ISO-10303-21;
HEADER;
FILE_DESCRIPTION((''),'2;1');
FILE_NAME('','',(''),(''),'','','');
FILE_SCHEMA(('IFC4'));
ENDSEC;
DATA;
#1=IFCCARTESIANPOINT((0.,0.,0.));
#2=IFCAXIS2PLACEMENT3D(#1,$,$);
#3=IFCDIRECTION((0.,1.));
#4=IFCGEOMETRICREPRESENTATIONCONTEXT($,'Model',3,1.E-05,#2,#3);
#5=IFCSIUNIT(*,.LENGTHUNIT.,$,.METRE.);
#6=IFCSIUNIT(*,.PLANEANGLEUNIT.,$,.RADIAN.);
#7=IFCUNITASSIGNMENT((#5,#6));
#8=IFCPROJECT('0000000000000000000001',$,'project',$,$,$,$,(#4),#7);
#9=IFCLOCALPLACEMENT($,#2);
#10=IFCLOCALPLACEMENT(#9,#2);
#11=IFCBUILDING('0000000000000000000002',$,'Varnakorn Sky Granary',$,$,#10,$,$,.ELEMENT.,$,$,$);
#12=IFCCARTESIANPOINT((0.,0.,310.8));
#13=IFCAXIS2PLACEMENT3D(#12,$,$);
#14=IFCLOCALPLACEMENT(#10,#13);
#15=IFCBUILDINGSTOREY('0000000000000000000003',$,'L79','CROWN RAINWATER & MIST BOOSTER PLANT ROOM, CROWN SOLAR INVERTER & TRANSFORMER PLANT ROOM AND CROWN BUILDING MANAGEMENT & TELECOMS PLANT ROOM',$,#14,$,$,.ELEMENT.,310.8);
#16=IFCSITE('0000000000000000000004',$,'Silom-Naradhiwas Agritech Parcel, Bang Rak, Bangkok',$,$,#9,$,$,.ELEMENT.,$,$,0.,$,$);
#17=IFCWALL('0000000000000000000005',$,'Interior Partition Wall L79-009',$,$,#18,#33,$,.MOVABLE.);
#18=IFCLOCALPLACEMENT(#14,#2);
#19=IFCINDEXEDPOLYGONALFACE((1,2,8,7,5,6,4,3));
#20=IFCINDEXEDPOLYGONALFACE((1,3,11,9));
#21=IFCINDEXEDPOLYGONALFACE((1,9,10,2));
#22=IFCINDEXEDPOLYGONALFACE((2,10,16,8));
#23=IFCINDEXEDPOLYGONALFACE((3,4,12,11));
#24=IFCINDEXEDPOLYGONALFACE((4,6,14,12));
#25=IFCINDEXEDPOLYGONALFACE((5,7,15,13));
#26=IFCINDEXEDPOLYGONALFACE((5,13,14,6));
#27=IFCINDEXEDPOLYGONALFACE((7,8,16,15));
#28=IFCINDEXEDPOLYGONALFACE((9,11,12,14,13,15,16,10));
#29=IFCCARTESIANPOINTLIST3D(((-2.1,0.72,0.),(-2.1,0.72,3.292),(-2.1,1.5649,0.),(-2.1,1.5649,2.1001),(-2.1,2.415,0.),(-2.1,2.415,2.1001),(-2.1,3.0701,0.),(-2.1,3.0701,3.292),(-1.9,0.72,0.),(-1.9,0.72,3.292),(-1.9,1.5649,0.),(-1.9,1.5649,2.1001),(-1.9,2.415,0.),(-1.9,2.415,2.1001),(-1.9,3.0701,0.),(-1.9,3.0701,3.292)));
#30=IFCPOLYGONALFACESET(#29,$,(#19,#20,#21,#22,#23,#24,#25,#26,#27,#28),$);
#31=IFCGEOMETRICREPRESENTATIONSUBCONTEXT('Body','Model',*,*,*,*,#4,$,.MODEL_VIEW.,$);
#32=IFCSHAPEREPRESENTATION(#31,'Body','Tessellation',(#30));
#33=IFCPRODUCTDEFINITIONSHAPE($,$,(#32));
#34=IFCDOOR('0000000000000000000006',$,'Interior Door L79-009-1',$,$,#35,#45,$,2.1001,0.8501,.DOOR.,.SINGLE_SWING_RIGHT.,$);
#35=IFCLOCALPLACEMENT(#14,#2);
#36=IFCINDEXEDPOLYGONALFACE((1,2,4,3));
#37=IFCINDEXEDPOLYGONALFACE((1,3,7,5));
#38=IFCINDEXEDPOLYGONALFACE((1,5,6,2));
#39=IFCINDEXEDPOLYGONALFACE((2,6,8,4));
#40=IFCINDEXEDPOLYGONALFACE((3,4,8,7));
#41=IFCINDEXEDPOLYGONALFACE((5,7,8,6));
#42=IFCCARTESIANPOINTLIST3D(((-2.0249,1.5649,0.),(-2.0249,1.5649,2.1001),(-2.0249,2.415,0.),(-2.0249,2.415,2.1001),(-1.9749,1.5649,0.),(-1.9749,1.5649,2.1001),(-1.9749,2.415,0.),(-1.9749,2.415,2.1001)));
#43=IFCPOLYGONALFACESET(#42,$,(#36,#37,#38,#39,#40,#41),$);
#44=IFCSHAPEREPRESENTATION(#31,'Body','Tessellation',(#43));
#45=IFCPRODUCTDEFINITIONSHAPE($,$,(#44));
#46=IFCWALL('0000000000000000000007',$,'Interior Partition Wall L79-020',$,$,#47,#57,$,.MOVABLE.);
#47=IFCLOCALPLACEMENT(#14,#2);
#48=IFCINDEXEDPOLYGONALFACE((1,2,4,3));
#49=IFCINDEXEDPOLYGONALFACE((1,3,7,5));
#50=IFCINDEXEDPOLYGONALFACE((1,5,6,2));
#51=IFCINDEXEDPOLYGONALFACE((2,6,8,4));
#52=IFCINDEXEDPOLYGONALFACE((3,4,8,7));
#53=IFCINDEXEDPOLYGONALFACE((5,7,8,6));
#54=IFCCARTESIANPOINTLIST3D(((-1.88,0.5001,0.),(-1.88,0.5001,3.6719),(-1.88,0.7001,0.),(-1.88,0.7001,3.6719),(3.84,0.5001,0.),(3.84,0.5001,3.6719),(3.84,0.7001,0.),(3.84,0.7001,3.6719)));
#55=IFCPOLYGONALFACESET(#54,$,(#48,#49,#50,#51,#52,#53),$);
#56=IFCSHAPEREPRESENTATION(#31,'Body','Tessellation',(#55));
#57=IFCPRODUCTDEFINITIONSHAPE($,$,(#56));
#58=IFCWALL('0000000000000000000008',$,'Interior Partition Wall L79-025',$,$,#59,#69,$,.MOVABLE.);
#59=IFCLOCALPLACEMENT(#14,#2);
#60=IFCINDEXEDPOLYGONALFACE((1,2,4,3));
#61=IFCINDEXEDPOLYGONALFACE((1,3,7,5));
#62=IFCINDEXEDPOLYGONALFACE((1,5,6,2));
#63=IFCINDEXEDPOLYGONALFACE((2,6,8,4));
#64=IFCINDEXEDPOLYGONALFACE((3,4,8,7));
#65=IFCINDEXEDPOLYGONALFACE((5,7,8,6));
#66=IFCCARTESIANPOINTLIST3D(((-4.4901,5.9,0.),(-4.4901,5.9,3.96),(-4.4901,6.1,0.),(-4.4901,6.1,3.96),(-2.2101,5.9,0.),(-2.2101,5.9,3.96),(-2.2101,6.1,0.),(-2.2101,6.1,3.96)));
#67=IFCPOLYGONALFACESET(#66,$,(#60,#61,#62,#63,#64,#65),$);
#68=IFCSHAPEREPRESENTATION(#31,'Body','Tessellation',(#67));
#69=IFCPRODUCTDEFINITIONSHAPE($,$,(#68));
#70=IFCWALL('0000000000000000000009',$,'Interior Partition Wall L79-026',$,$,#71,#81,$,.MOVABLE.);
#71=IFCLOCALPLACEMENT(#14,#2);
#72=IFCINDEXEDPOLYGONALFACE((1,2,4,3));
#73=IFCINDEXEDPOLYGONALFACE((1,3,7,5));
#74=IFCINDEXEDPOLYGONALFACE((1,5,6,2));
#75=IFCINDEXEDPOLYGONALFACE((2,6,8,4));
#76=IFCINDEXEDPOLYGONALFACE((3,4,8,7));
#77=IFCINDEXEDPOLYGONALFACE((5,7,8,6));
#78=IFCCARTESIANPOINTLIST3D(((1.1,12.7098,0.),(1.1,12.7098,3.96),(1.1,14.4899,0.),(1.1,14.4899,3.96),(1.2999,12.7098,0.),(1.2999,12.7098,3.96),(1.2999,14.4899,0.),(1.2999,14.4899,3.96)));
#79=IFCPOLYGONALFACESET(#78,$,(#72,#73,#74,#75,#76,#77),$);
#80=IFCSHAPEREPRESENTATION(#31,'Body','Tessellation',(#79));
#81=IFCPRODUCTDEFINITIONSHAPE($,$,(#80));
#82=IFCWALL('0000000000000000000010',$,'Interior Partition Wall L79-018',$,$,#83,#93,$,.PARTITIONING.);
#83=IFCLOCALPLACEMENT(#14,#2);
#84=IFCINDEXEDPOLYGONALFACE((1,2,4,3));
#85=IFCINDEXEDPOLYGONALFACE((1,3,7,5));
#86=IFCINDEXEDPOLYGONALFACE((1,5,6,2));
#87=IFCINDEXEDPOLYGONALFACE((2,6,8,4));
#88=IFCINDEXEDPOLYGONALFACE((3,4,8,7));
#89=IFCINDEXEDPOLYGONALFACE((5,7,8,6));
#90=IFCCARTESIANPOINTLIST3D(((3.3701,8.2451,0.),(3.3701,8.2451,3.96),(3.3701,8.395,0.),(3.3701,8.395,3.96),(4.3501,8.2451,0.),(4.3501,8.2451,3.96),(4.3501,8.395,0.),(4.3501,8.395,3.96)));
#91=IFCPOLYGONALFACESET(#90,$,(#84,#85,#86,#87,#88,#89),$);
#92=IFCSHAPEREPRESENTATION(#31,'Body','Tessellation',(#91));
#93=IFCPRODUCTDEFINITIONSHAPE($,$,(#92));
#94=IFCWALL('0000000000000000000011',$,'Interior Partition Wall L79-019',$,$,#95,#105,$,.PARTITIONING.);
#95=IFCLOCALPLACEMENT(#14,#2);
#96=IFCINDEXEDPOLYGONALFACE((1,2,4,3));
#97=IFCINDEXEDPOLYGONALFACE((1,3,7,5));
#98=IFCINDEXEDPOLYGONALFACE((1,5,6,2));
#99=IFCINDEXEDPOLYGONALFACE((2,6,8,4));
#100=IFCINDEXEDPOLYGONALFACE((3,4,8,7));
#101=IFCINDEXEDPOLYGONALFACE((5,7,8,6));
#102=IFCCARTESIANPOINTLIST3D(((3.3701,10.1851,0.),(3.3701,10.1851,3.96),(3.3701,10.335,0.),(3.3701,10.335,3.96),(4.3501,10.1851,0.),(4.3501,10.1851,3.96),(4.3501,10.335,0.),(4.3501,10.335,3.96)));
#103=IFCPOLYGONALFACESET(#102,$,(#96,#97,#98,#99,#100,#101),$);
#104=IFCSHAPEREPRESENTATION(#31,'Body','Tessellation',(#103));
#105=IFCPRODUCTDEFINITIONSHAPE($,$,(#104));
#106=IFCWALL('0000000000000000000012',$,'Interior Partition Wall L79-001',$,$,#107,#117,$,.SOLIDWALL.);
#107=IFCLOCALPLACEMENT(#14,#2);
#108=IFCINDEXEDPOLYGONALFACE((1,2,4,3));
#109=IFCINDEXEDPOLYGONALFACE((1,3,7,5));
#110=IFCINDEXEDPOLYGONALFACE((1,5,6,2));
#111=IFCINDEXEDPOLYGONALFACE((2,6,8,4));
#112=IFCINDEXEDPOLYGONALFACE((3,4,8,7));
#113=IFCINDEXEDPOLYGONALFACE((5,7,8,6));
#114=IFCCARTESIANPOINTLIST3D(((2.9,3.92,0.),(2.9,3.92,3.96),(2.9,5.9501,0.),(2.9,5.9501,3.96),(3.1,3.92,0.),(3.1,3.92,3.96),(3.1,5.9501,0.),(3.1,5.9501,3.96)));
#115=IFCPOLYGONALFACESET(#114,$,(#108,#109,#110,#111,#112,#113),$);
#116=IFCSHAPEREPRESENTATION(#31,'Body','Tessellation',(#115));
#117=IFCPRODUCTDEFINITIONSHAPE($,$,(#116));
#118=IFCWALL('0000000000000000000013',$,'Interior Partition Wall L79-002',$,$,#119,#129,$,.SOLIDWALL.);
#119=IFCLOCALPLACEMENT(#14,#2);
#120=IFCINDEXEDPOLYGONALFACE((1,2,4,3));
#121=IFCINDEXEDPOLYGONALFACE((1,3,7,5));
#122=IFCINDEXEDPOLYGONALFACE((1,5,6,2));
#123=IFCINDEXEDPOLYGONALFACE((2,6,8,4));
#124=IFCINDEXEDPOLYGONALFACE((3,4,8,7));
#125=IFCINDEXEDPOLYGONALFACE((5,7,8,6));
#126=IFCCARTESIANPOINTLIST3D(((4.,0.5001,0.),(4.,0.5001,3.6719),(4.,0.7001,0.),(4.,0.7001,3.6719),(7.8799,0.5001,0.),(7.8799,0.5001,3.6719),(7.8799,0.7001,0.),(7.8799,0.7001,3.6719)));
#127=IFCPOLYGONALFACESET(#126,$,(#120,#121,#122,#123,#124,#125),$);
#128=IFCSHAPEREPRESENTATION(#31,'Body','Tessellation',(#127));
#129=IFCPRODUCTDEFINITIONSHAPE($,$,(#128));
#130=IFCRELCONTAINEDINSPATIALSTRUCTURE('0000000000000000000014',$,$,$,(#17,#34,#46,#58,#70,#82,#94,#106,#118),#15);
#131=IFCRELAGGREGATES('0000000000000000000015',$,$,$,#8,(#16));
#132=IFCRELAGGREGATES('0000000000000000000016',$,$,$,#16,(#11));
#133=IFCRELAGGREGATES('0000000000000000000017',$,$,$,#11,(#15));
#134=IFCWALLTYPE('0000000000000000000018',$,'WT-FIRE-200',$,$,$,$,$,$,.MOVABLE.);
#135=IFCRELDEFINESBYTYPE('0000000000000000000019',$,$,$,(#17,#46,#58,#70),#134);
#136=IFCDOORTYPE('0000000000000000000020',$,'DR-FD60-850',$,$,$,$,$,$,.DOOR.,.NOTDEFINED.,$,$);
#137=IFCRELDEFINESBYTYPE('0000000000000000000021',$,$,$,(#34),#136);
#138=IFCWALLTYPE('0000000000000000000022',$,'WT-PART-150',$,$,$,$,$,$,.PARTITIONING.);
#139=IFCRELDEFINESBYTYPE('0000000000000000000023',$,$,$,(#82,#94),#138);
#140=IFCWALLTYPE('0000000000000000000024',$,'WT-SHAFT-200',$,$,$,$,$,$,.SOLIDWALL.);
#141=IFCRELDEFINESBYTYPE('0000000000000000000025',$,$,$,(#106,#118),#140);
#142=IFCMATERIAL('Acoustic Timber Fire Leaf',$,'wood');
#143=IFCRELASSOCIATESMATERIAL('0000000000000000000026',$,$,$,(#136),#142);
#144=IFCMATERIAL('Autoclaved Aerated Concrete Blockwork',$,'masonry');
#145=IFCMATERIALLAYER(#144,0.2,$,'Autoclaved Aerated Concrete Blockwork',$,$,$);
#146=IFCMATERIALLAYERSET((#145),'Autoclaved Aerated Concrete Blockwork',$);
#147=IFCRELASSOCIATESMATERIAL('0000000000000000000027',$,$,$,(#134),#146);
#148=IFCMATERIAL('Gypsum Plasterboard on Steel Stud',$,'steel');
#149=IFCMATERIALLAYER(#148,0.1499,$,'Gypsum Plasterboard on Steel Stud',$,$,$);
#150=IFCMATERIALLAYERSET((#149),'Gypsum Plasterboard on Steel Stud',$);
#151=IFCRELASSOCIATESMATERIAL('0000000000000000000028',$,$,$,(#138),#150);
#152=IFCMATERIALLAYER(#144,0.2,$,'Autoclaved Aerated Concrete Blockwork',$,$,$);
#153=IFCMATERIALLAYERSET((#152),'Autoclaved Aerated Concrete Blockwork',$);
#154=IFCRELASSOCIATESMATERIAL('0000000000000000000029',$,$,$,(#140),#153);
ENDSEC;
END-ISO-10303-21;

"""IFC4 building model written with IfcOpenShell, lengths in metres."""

from ifc_helpers import new_model, si_unit, direction, frame, frame_2d, origin, place, context, subcontext, project, spatial, rectangle, extrude, material, layer, layer_set, type_object, element, fill, save


model = new_model("IFC4")

# Units and contexts
model_context = context("Model", 3, precision=1e-05, world=origin(), true_north=direction((0.0, 1.0)))
body_context = subcontext(model_context, "Body", "Model", "MODEL_VIEW")
ifc_project = project(units=[si_unit("LENGTHUNIT", "METRE"), si_unit("PLANEANGLEUNIT", "RADIAN")], contexts=[model_context])

# Site, building, storey
site_placement = place(None, origin())
site = spatial("IfcSite", under=ifc_project, at=site_placement, Name="Silom-Naradhiwas Agritech Parcel, Bang Rak, Bangkok", CompositionType="ELEMENT", RefElevation=0.0)
building_placement = place(site_placement, origin())
building = spatial("IfcBuilding", under=site, at=building_placement, Name="Varnakorn Sky Granary", CompositionType="ELEMENT")
storey_placement = place(building_placement, frame((0.0, 0.0, 310.8)))
storey = spatial("IfcBuildingStorey", under=building, at=storey_placement, Name="L79", Description="CROWN RAINWATER & MIST BOOSTER PLANT ROOM, CROWN SOLAR INVERTER & TRANSFORMER PLANT ROOM AND CROWN BUILDING MANAGEMENT & TELECOMS PLANT ROOM", CompositionType="ELEMENT", Elevation=310.8)

# Shared definitions
ifc_material_1 = material(Name="Acoustic Timber Fire Leaf", Category="wood")
door_type_1 = type_object("IfcDoorType", Name="DR-FD60-850", OperationType="NOTDEFINED", PredefinedType="DOOR", material=ifc_material_1)

# Shared definitions
ifc_material_2 = material(Name="Autoclaved Aerated Concrete Blockwork", Category="masonry")
ifc_layer_1 = layer(ifc_material_2, 0.2, Name="Autoclaved Aerated Concrete Blockwork")
ifc_layer_set_1 = layer_set([ifc_layer_1], Name="Autoclaved Aerated Concrete Blockwork")
wall_type_1 = type_object("IfcWallType", Name="WT-FIRE-200", PredefinedType="MOVABLE", material=ifc_layer_set_1)

# Wall, opening, door
wall_1_placement = place(storey_placement, frame((-2.0, 0.72, 0.0), z_axis=(0.0, 0.0, 1.0), x_axis=(0.0, 1.0, 0.0)))
wall_1 = element("IfcWall", 1, at=wall_1_placement, inside=storey, type_object=wall_type_1, Name="Interior Partition Wall L79-009", PredefinedType="MOVABLE", context=body_context, shape_type="SweptSolid", body=[
    extrude(rectangle(XDim=2.3501, YDim=0.2, at=frame_2d((1.175, 0.0))), origin(), (0.0, 0.0, 1.0), 3.292),
])
opening_1_placement = place(wall_1_placement, frame((0.845, 0.0, 0.0)))
opening_1 = element("IfcOpeningElement", 2, at=opening_1_placement, cuts=wall_1, PredefinedType="OPENING", context=body_context, shape_type="SweptSolid", body=[
    extrude(rectangle(XDim=0.8501, YDim=2.1001, at=frame_2d((0.425, 1.05))), frame((0.0, 0.1099, 0.0), z_axis=(0.0, -1.0, 0.0), x_axis=(1.0, 0.0, 0.0)), (0.0, 0.0, 1.0), 0.22),
])
door_1_placement = place(opening_1_placement, origin())
door_1 = element("IfcDoor", 3, at=door_1_placement, inside=storey, type_object=door_type_1, Name="Interior Door L79-009-1", OperationType="SINGLE_SWING_RIGHT", OverallHeight=2.1001, OverallWidth=0.8501, PredefinedType="DOOR", context=body_context, shape_type="SweptSolid", body=[
    extrude(rectangle(XDim=0.8501, YDim=2.1001, at=frame_2d((0.425, 1.05))), frame((0.0, 0.0249, 0.0), z_axis=(0.0, -1.0, 0.0), x_axis=(1.0, 0.0, 0.0)), (0.0, 0.0, 1.0), 0.05),
])
fill(opening_1, door_1)

# Walls
wall_2_placement = place(storey_placement, frame((-1.8799, 0.6001, 0.0), z_axis=(0.0, 0.0, 1.0), x_axis=(1.0, 0.0, 0.0)))
element("IfcWall", 4, at=wall_2_placement, inside=storey, type_object=wall_type_1, Name="Interior Partition Wall L79-020", PredefinedType="MOVABLE", context=body_context, shape_type="SweptSolid", body=[
    extrude(rectangle(XDim=5.72, YDim=0.2, at=frame_2d((2.8599, 0.0))), origin(), (0.0, 0.0, 1.0), 3.6719),
])
wall_3_placement = place(storey_placement, frame((-2.21, 6.0, 0.0), z_axis=(0.0, 0.0, 1.0), x_axis=(-1.0, 0.0, 0.0)))
element("IfcWall", 5, at=wall_3_placement, inside=storey, type_object=wall_type_1, Name="Interior Partition Wall L79-025", PredefinedType="MOVABLE", context=body_context, shape_type="SweptSolid", body=[
    extrude(rectangle(XDim=2.28, YDim=0.2, at=frame_2d((1.1401, 0.0))), origin(), (0.0, 0.0, 1.0), 3.96),
])
wall_4_placement = place(storey_placement, frame((1.2, 14.49, 0.0), z_axis=(0.0, 0.0, 1.0), x_axis=(0.0, -1.0, 0.0)))
element("IfcWall", 6, at=wall_4_placement, inside=storey, type_object=wall_type_1, Name="Interior Partition Wall L79-026", PredefinedType="MOVABLE", context=body_context, shape_type="SweptSolid", body=[
    extrude(rectangle(XDim=1.78, YDim=0.2, at=frame_2d((0.8901, 0.0))), origin(), (0.0, 0.0, 1.0), 3.96),
])
ifc_material_3 = material(Name="Gypsum Plasterboard on Steel Stud", Category="steel")
ifc_layer_2 = layer(ifc_material_3, 0.1499, Name="Gypsum Plasterboard on Steel Stud")
ifc_layer_set_2 = layer_set([ifc_layer_2], Name="Gypsum Plasterboard on Steel Stud")
wall_type_2 = type_object("IfcWallType", Name="WT-PART-150", PredefinedType="PARTITIONING", material=ifc_layer_set_2)
for number, where, z_axis, x_axis, name in (
    (7, (3.3701, 8.3201, 0.0), (0.0, 0.0, 1.0), (1.0, 0.0, 0.0), "Interior Partition Wall L79-018"),
    (8, (3.3701, 10.26, 0.0), (0.0, 0.0, 1.0), (1.0, 0.0, 0.0), "Interior Partition Wall L79-019"),
):
    element("IfcWall", number, at=place(storey_placement, frame(where, z_axis=z_axis, x_axis=x_axis)), inside=storey, type_object=wall_type_2, Name=name, PredefinedType="PARTITIONING", context=body_context, shape_type="SweptSolid", body=[
        extrude(rectangle(XDim=0.98, YDim=0.1499, at=frame_2d((0.49, 0.0))), origin(), (0.0, 0.0, 1.0), 3.96),
    ])
ifc_layer_3 = layer(ifc_material_2, 0.2, Name="Autoclaved Aerated Concrete Blockwork")
ifc_layer_set_3 = layer_set([ifc_layer_3], Name="Autoclaved Aerated Concrete Blockwork")
wall_type_3 = type_object("IfcWallType", Name="WT-SHAFT-200", PredefinedType="SOLIDWALL", material=ifc_layer_set_3)
wall_5_placement = place(storey_placement, frame((3.0, 3.9199, 0.0), z_axis=(0.0, 0.0, 1.0), x_axis=(0.0, 1.0, 0.0)))
element("IfcWall", 9, at=wall_5_placement, inside=storey, type_object=wall_type_3, Name="Interior Partition Wall L79-001", PredefinedType="SOLIDWALL", context=body_context, shape_type="SweptSolid", body=[
    extrude(rectangle(XDim=2.03, YDim=0.2, at=frame_2d((1.0151, 0.0))), origin(), (0.0, 0.0, 1.0), 3.96),
])
wall_6_placement = place(storey_placement, frame((4.0, 0.6001, 0.0), z_axis=(0.0, 0.0, 1.0), x_axis=(1.0, 0.0, 0.0)))
element("IfcWall", 10, at=wall_6_placement, inside=storey, type_object=wall_type_3, Name="Interior Partition Wall L79-002", PredefinedType="SOLIDWALL", context=body_context, shape_type="SweptSolid", body=[
    extrude(rectangle(XDim=3.8799, YDim=0.2, at=frame_2d((1.9399, 0.0))), origin(), (0.0, 0.0, 1.0), 3.6719),
])

save(model, "model.ifc")
